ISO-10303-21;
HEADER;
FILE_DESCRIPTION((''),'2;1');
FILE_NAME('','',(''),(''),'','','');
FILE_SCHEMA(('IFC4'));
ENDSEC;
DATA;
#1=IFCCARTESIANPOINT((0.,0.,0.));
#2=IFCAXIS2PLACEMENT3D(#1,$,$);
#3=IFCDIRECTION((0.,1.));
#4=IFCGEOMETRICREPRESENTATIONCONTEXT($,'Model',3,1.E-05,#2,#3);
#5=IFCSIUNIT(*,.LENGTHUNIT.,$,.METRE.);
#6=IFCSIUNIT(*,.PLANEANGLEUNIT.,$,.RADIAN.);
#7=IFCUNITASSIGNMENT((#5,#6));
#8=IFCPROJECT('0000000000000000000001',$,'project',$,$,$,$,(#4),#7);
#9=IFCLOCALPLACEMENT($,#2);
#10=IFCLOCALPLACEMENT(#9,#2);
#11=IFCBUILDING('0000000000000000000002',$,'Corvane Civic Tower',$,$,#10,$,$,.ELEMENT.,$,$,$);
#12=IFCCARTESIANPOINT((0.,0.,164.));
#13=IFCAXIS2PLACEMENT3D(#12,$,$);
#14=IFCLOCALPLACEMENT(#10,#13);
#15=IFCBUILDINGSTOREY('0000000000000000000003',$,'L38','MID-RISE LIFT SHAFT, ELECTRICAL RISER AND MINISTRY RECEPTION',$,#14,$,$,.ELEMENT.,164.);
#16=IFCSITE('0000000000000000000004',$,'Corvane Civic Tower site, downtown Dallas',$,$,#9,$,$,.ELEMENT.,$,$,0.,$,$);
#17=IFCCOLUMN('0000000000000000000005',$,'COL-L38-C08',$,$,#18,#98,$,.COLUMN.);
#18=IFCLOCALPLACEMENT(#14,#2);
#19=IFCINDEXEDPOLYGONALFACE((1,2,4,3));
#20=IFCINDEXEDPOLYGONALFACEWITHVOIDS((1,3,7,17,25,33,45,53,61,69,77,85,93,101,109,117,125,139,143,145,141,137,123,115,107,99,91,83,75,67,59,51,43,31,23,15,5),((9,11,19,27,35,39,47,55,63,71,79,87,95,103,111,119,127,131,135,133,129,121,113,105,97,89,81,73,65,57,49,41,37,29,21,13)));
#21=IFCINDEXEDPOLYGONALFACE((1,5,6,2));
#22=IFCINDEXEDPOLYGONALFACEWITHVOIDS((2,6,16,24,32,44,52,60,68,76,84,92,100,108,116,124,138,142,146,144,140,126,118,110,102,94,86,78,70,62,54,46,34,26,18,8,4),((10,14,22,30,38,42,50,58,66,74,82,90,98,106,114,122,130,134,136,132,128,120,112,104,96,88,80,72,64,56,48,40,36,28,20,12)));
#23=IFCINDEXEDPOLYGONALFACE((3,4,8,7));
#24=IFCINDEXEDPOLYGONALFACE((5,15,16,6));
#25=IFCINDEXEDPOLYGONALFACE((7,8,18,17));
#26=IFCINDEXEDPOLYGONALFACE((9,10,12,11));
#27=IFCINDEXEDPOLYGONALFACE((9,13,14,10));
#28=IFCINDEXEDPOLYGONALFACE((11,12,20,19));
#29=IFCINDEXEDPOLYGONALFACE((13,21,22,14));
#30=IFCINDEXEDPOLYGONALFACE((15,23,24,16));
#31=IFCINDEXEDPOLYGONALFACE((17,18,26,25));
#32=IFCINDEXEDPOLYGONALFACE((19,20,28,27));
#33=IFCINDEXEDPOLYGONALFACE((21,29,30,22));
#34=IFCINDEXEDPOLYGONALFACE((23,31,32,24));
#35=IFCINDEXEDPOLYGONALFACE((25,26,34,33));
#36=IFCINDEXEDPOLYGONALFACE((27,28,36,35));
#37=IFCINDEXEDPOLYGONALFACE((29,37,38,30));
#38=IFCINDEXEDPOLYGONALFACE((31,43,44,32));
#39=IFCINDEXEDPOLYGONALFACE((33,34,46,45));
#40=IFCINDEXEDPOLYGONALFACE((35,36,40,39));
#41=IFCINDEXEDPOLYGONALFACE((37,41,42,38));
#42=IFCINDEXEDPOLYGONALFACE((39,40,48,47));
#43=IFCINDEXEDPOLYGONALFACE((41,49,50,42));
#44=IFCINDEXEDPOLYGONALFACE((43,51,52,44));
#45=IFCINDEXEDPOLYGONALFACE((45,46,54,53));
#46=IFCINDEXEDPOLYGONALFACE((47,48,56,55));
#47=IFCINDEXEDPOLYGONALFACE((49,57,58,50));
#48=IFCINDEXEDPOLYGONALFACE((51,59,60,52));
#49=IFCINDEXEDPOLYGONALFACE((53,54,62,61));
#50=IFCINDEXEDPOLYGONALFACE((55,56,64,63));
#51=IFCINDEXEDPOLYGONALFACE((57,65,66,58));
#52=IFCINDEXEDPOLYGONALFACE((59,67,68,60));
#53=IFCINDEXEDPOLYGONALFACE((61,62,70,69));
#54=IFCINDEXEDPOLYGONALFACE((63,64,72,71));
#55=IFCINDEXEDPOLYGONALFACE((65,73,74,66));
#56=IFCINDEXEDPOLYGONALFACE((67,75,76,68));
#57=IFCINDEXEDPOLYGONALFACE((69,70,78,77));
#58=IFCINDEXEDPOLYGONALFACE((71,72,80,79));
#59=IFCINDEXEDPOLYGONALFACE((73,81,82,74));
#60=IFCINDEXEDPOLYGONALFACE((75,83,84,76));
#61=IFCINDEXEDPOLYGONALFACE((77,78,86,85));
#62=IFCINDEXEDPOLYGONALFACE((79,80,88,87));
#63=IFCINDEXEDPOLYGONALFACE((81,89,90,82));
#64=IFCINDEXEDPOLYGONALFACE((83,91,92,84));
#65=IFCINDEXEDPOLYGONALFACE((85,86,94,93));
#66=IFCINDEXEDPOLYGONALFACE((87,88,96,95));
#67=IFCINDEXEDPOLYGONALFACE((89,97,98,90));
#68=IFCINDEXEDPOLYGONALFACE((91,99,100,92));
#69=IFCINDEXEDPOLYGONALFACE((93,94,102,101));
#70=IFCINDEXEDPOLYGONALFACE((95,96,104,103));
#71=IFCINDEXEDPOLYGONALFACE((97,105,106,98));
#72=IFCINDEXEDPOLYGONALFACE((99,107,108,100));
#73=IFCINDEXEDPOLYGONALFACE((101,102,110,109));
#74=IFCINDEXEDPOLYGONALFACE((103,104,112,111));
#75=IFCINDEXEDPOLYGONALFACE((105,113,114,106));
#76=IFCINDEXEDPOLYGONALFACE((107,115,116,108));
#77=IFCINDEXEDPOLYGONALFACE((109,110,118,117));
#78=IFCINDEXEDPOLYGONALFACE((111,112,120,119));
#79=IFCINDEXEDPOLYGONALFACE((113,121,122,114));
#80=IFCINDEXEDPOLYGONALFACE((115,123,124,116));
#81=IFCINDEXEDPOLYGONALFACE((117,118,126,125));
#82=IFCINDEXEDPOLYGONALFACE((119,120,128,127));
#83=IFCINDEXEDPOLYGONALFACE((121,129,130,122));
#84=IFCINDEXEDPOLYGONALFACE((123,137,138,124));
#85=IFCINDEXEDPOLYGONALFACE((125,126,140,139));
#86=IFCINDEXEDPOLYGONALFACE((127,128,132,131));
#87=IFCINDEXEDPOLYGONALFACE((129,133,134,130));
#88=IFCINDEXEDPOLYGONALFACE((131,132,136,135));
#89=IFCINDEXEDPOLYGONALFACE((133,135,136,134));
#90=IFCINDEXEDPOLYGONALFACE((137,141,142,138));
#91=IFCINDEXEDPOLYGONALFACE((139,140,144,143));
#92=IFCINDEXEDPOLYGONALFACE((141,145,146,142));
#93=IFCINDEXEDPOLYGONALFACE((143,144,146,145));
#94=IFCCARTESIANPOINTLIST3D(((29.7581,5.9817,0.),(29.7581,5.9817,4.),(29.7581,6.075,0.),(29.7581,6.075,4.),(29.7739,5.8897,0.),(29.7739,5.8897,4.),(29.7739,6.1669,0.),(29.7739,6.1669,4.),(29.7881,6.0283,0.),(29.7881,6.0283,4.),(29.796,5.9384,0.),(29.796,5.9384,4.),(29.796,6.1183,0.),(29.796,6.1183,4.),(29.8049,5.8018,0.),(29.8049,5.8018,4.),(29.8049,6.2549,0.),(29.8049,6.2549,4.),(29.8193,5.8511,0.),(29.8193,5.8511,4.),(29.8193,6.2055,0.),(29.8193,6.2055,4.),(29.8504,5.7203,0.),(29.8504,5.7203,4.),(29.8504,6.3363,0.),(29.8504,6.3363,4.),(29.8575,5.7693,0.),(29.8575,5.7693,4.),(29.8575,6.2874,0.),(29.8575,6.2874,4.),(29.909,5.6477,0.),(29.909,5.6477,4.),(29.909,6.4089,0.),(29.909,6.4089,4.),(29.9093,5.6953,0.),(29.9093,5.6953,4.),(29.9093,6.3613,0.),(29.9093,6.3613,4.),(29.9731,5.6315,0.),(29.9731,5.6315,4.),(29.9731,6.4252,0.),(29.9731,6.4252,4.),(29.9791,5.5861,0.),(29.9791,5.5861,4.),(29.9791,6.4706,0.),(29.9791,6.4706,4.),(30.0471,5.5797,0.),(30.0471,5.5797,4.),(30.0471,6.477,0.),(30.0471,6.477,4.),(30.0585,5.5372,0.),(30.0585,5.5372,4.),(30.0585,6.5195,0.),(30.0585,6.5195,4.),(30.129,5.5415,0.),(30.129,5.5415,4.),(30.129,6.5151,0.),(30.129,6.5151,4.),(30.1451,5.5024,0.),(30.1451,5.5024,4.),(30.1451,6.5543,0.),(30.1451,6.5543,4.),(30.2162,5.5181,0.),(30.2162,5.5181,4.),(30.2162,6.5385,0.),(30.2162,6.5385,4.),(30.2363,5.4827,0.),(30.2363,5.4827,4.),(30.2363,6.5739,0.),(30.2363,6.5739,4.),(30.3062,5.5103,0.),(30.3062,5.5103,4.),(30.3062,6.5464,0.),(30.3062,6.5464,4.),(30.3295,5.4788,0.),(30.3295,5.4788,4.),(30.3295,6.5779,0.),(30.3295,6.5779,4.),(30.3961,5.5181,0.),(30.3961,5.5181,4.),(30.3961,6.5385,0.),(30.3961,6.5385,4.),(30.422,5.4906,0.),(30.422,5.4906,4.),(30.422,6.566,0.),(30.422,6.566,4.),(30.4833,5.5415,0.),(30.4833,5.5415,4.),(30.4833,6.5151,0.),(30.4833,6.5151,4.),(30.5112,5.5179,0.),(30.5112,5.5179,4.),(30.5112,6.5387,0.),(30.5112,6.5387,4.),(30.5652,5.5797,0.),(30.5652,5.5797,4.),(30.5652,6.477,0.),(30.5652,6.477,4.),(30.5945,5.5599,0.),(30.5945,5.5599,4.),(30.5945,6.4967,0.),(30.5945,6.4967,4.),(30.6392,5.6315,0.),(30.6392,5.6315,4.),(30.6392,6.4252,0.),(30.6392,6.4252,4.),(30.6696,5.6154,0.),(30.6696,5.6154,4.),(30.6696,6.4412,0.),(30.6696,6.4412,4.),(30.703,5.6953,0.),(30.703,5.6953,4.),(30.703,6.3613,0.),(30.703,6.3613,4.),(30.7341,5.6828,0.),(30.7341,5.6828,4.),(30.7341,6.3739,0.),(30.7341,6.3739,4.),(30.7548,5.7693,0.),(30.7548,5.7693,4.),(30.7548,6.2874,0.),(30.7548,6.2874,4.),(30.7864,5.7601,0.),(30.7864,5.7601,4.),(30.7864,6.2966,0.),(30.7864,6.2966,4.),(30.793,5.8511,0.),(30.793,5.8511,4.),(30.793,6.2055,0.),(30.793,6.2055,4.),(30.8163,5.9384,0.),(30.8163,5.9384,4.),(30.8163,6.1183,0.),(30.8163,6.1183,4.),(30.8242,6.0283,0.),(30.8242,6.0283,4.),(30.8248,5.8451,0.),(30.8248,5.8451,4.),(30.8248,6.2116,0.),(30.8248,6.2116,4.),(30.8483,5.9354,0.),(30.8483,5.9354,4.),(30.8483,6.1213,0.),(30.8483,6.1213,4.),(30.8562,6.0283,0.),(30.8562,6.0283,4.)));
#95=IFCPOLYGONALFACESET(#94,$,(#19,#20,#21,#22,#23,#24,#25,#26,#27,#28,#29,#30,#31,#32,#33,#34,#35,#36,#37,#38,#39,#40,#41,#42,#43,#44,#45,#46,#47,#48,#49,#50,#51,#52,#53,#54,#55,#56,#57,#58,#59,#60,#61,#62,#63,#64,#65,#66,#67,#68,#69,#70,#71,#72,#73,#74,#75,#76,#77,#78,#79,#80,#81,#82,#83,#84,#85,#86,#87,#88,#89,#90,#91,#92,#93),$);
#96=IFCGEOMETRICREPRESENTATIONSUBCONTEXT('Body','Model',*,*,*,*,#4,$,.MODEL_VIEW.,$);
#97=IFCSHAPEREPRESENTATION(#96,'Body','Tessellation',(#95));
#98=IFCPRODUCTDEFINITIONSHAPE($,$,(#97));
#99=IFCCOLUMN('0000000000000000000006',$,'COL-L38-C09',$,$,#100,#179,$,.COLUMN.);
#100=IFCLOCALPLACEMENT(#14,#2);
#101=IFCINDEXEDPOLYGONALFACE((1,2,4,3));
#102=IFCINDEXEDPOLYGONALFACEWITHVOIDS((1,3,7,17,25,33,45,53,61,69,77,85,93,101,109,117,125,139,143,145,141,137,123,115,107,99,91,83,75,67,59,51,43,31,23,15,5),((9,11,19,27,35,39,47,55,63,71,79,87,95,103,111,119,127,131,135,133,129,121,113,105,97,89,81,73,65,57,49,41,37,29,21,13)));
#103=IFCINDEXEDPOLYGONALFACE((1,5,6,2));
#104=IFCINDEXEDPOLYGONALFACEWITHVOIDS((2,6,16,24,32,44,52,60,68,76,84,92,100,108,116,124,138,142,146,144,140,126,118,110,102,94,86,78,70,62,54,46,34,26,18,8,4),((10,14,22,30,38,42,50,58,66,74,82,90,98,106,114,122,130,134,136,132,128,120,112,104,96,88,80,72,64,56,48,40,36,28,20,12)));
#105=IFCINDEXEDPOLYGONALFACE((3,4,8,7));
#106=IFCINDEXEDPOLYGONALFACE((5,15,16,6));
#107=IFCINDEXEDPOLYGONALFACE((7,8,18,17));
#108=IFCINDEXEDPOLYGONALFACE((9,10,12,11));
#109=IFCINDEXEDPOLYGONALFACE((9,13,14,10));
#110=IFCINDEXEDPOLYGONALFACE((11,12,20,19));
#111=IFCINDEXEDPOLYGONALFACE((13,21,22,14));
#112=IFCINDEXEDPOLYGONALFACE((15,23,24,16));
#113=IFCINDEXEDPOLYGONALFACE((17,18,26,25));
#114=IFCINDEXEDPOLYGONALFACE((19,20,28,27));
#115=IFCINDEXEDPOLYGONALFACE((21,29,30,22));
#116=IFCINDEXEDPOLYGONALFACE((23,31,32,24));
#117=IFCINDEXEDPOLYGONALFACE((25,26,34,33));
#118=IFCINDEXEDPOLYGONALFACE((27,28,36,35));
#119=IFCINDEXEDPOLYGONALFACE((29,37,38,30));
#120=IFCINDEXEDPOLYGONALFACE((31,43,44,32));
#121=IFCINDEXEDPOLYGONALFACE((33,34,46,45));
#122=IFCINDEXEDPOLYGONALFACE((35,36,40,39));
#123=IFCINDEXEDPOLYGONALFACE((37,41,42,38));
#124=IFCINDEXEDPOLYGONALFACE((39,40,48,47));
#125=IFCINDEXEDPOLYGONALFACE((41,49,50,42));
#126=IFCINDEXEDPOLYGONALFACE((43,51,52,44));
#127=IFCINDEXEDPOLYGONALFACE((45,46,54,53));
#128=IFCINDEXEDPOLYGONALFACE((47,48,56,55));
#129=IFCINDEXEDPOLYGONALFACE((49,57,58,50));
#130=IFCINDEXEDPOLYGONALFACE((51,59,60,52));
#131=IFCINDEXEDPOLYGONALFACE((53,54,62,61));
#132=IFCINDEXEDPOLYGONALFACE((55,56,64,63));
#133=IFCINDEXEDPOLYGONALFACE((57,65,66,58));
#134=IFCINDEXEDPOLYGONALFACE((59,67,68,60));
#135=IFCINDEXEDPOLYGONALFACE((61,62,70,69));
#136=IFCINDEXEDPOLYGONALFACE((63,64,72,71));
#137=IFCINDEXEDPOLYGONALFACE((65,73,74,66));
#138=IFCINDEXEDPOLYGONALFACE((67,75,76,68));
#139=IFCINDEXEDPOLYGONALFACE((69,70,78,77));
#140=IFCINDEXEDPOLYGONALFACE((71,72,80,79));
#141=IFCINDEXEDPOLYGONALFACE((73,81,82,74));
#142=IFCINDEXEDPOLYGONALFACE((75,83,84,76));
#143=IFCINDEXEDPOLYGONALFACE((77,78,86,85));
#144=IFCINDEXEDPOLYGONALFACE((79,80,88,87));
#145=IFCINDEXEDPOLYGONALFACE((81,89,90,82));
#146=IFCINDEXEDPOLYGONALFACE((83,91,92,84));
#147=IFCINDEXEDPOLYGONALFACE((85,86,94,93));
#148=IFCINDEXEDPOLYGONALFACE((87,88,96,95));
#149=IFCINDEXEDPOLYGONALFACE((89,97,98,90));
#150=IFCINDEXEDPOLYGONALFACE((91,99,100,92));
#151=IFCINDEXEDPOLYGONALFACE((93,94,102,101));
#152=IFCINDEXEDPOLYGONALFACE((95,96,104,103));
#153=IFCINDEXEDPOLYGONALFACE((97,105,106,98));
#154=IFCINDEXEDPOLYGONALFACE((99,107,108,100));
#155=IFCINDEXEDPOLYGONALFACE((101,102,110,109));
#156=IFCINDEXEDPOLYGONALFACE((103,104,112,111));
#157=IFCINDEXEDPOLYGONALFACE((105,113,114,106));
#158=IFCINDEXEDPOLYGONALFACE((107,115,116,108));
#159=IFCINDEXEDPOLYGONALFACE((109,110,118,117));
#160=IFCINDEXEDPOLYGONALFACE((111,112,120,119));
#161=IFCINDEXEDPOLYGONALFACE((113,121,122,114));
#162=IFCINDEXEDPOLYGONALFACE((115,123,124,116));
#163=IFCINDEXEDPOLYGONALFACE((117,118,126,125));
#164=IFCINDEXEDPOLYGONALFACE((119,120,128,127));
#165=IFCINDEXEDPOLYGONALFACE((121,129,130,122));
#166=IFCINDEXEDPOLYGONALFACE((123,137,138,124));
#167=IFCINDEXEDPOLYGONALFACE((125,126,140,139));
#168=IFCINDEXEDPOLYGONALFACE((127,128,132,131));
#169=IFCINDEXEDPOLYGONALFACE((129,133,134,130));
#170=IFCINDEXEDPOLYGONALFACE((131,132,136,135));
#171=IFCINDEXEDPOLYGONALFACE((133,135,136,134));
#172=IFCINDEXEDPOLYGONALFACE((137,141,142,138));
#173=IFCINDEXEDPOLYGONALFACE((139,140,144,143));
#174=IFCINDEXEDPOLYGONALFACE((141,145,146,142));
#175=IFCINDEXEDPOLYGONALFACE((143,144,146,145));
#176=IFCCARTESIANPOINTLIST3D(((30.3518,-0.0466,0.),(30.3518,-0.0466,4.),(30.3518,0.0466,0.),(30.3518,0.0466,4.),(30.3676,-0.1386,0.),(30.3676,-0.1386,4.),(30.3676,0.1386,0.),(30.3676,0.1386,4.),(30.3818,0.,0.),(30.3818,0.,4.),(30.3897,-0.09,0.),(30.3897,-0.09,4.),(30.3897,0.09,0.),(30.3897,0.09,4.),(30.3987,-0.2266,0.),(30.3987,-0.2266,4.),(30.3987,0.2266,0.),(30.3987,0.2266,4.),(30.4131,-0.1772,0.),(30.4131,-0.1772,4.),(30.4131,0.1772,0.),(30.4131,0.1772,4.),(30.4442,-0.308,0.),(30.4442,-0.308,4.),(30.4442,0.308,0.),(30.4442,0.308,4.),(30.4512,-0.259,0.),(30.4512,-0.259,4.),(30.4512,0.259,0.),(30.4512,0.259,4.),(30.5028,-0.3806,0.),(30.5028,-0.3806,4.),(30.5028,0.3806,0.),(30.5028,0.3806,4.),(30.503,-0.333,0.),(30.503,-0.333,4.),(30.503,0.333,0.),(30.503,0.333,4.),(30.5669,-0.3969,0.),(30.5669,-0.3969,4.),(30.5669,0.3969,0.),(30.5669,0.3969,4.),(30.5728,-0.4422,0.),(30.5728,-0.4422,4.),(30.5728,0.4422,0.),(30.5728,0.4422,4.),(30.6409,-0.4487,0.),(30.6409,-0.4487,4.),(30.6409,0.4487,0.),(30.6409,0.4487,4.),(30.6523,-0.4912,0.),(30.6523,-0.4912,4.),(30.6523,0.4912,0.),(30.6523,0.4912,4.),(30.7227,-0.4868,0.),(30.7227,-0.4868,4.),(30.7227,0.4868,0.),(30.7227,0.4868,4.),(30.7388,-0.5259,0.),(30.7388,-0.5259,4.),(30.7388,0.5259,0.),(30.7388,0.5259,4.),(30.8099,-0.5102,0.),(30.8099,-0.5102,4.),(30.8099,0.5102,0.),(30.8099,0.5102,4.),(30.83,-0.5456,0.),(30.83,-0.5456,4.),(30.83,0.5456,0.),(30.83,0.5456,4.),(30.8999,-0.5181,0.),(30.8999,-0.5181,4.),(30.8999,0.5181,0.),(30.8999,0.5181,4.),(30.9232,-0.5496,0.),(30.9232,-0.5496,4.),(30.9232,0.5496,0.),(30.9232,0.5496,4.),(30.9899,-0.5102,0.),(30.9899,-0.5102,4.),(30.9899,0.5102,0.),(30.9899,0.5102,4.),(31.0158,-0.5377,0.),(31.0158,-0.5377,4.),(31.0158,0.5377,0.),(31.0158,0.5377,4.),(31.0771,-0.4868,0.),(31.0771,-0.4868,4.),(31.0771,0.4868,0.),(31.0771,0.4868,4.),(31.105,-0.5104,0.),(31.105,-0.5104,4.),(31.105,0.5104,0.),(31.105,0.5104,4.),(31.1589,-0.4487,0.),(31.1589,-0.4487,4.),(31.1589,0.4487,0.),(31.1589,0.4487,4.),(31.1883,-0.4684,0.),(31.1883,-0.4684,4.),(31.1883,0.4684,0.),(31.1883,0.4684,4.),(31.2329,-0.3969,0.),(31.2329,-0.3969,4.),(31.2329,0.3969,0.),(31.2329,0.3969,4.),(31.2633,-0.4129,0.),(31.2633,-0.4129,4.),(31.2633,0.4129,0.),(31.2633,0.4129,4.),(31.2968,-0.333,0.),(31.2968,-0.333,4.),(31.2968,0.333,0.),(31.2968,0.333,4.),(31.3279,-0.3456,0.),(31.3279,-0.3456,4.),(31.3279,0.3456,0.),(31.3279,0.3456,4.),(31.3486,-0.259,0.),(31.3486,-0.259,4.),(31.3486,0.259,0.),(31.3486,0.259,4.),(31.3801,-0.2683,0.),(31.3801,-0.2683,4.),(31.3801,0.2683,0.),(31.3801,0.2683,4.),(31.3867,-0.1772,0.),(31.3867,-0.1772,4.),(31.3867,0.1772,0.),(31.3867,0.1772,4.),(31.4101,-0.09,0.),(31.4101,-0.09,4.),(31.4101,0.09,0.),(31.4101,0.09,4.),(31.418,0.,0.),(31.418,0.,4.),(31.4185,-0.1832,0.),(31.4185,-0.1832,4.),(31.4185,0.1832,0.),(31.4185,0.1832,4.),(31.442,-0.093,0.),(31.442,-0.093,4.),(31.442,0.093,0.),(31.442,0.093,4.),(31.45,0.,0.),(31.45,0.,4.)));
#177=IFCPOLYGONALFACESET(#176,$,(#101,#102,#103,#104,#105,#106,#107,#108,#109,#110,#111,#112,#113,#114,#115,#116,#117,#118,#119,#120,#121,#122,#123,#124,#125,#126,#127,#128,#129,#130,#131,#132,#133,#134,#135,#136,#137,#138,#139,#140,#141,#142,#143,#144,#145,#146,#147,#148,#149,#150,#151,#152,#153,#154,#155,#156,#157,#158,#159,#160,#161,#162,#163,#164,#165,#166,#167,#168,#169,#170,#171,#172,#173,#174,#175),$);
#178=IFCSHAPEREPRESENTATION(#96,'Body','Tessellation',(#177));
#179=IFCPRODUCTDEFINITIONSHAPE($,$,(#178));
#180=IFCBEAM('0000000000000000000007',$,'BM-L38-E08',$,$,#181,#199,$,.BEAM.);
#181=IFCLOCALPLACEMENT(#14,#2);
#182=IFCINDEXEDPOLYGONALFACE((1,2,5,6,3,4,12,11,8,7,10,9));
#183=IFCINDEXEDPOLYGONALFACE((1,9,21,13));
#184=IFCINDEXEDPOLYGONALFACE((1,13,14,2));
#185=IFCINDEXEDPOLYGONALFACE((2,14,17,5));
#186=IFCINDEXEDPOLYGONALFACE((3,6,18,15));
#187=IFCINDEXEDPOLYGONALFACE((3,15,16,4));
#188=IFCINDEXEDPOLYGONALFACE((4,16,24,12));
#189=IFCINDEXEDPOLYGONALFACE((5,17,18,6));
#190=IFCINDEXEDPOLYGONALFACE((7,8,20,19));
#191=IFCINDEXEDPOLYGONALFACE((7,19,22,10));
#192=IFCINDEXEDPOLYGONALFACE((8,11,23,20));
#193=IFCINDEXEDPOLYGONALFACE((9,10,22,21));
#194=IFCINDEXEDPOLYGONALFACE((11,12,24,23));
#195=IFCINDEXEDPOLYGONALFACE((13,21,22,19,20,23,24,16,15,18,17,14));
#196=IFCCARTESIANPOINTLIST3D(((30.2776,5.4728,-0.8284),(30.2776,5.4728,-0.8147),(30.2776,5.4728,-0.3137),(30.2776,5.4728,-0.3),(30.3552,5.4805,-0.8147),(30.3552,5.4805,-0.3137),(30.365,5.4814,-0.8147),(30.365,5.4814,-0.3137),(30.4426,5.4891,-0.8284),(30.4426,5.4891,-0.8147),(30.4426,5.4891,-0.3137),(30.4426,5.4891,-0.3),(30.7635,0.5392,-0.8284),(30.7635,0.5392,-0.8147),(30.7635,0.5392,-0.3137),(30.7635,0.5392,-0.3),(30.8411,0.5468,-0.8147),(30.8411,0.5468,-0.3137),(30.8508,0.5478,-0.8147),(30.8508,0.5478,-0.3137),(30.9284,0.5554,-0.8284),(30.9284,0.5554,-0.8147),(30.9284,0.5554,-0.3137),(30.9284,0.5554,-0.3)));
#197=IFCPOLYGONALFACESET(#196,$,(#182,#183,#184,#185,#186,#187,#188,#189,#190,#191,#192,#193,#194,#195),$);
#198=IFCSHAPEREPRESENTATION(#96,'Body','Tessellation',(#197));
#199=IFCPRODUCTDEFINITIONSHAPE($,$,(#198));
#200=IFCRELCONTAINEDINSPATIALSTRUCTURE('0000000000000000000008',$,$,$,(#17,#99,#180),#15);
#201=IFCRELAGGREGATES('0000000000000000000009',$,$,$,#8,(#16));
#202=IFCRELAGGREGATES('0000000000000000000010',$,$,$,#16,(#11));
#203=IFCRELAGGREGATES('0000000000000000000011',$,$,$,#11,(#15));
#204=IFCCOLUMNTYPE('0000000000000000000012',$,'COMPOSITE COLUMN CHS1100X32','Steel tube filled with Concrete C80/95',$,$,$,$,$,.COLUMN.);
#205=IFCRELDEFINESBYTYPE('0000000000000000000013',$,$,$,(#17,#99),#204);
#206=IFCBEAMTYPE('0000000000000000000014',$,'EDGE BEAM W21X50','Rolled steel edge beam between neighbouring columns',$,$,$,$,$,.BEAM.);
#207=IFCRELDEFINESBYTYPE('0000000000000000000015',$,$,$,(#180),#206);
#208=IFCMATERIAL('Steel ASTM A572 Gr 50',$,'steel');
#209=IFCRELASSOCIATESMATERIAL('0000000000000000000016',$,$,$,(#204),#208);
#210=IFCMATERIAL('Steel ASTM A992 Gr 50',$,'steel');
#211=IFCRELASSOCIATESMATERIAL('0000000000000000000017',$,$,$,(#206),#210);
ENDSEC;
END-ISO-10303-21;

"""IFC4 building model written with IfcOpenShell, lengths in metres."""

from ifc_helpers import new_model, si_unit, direction, frame, origin, origin_2d, place, context, subcontext, project, spatial, hollow_circle, i_section, extrude, material, material_profile, profile_set, type_object, element, save


model = new_model("IFC4")

# Units and contexts
model_context = context("Model", 3, precision=1e-05, world=origin(), true_north=direction((0.0, 1.0)))
body_context = subcontext(model_context, "Body", "Model", "MODEL_VIEW")
ifc_project = project(units=[si_unit("LENGTHUNIT", "METRE"), si_unit("PLANEANGLEUNIT", "RADIAN")], contexts=[model_context])

# Site, building, storey
site_placement = place(None, origin())
site = spatial("IfcSite", under=ifc_project, at=site_placement, Name="Corvane Civic Tower site, downtown Dallas", CompositionType="ELEMENT", RefElevation=0.0)
building_placement = place(site_placement, origin())
building = spatial("IfcBuilding", under=site, at=building_placement, Name="Corvane Civic Tower", CompositionType="ELEMENT")
storey_placement = place(building_placement, frame((0.0, 0.0, 164.0)))
storey = spatial("IfcBuildingStorey", under=building, at=storey_placement, Name="L38", Description="MID-RISE LIFT SHAFT, ELECTRICAL RISER AND MINISTRY RECEPTION", CompositionType="ELEMENT", Elevation=164.0)

# Columns
ifc_material_1 = material(Name="Steel ASTM A572 Gr 50", Category="steel")
ifc_material_profile_1 = material_profile(ifc_material_1, hollow_circle(Radius=0.55, WallThickness=0.032, at=origin_2d()), Name="CHS1100X32")
ifc_profile_set_1 = profile_set([ifc_material_profile_1], Name="Steel ASTM A572 Gr 50")
column_type = type_object("IfcColumnType", Name="COMPOSITE COLUMN CHS1100X32", Description="Steel tube filled with Concrete C80/95", PredefinedType="COLUMN", material=ifc_profile_set_1)
for number, where, z_axis, x_axis, name in (
    (1, (30.3062, 6.0283, 0.0), (0.0, 0.0, 1.0), (1.0, 0.0, 0.0), "COL-L38-C08"),
    (2, (30.8999, 0.0, 0.0), (0.0, 0.0, 1.0), (1.0, 0.0, 0.0), "COL-L38-C09"),
):
    element("IfcColumn", number, at=place(storey_placement, frame(where, z_axis=z_axis, x_axis=x_axis)), inside=storey, type_object=column_type, Name=name, PredefinedType="COLUMN", context=body_context, shape_type="SweptSolid", body=[
        extrude(hollow_circle(Radius=0.55, WallThickness=0.032, at=origin_2d()), origin(), (0.0, 0.0, 1.0), 4.0),
    ])

# Beam
ifc_material_2 = material(Name="Steel ASTM A992 Gr 50", Category="steel")
ifc_material_profile_2 = material_profile(ifc_material_2, i_section(OverallWidth=0.1658, OverallDepth=0.5283, WebThickness=0.0098, FlangeThickness=0.0137, at=origin_2d()), Name="W21X50")
ifc_profile_set_2 = profile_set([ifc_material_profile_2], Name="Steel ASTM A992 Gr 50")
beam_type_1 = type_object("IfcBeamType", Name="EDGE BEAM W21X50", Description="Rolled steel edge beam between neighbouring columns", PredefinedType="BEAM", material=ifc_profile_set_2)
beam_1_placement = place(storey_placement, frame((30.3601, 5.481, -0.5642), z_axis=(0.098002, -0.995186, 0.0), x_axis=(0.995186, 0.098002, 0.0)))
element("IfcBeam", 3, at=beam_1_placement, inside=storey, type_object=beam_type_1, Name="BM-L38-E08", PredefinedType="BEAM", context=body_context, shape_type="SweptSolid", body=[
    extrude(i_section(OverallWidth=0.1658, OverallDepth=0.5283, WebThickness=0.0098, FlangeThickness=0.0137, at=origin_2d()), origin(), (0.0, 0.0, 1.0), 4.9575),
])

save(model, "model.ifc")
